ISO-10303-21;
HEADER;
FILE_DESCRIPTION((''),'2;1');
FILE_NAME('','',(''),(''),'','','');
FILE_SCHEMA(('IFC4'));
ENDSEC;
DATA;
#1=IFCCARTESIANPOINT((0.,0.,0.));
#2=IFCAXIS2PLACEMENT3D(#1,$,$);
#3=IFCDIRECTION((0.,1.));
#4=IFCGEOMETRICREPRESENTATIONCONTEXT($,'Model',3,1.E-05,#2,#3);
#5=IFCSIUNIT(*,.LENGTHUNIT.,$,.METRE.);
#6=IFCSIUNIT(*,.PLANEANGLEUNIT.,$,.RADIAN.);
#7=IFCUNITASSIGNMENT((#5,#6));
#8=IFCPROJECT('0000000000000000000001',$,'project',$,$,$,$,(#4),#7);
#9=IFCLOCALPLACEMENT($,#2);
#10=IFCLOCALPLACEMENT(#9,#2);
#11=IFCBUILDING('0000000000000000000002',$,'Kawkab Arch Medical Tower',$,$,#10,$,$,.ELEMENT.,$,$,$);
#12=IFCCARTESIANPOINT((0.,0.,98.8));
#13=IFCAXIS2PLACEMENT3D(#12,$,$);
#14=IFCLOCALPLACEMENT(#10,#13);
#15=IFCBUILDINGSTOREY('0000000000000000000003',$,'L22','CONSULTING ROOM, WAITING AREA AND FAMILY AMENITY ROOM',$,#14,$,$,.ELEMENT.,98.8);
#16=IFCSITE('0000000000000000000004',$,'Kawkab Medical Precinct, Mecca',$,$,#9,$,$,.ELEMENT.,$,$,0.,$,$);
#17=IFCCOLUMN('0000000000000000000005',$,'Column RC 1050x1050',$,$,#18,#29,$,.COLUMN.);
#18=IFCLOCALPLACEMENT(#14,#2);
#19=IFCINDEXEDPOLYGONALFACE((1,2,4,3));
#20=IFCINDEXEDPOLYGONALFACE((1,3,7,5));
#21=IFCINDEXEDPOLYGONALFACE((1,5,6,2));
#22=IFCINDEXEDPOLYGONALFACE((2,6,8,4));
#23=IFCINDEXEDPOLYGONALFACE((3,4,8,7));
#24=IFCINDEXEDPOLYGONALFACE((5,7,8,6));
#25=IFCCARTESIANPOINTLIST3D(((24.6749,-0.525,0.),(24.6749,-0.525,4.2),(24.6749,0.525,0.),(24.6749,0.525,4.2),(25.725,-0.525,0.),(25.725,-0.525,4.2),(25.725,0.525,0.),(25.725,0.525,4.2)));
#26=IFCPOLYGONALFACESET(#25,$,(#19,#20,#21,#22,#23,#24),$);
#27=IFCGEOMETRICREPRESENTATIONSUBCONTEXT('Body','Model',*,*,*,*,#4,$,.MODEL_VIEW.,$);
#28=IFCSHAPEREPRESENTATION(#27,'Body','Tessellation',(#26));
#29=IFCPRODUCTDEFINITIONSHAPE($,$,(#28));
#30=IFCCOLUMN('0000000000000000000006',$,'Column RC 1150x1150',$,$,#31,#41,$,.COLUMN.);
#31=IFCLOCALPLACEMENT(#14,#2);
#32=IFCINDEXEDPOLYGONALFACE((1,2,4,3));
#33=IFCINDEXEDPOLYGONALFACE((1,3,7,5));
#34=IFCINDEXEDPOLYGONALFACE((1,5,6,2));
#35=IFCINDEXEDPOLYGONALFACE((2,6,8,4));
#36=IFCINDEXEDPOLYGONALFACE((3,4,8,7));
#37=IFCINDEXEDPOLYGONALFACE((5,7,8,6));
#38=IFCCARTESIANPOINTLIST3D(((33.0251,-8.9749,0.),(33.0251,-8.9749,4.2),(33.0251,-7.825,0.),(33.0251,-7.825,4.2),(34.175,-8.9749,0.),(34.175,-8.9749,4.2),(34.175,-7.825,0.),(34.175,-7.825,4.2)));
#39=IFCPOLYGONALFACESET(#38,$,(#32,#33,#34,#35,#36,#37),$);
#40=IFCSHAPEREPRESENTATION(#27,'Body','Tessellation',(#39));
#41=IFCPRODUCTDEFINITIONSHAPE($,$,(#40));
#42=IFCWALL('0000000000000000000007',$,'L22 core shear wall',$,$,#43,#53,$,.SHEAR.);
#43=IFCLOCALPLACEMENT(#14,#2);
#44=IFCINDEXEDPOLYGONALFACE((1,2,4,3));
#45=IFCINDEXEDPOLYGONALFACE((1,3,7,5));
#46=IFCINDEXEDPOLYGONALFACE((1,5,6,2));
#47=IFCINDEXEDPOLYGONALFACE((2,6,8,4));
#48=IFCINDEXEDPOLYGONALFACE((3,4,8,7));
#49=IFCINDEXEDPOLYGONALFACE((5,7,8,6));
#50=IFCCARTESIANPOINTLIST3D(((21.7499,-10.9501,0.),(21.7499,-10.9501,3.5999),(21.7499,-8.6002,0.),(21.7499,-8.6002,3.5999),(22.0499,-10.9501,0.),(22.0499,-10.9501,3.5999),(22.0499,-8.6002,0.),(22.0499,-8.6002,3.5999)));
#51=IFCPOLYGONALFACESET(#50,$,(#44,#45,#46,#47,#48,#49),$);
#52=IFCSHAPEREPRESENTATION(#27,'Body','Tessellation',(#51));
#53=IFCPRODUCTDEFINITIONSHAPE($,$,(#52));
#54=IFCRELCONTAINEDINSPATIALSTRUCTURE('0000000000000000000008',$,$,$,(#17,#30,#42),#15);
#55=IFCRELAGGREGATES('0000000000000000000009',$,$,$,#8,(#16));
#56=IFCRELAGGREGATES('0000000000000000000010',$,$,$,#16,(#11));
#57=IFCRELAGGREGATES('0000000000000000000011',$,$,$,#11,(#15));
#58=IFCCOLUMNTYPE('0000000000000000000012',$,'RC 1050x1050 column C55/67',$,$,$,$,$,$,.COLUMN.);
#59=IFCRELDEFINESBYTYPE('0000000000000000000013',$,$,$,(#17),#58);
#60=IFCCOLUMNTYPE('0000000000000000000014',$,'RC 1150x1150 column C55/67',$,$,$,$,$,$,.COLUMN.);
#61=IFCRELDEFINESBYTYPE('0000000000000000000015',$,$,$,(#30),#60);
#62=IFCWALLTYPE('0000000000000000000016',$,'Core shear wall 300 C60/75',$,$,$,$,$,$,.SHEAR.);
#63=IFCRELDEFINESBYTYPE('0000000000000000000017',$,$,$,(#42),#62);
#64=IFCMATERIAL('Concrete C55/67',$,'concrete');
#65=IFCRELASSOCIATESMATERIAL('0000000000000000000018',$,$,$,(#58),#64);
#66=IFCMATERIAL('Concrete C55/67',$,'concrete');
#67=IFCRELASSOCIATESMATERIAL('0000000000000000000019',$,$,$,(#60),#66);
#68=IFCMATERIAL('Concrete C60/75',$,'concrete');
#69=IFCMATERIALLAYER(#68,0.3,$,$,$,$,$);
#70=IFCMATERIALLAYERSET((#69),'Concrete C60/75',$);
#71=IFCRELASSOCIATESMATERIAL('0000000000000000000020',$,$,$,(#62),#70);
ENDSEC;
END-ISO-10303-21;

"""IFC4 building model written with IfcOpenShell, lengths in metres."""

from ifc_helpers import new_model, si_unit, direction, frame, frame_2d, origin, origin_2d, place, context, subcontext, project, spatial, rectangle, extrude, material, layer, layer_set, material_profile, profile_set, type_object, element, save


model = new_model("IFC4")

# Units and contexts
model_context = context("Model", 3, precision=1e-05, world=origin(), true_north=direction((0.0, 1.0)))
body_context = subcontext(model_context, "Body", "Model", "MODEL_VIEW")
ifc_project = project(units=[si_unit("LENGTHUNIT", "METRE"), si_unit("PLANEANGLEUNIT", "RADIAN")], contexts=[model_context])

# Site, building, storey
site_placement = place(None, origin())
site = spatial("IfcSite", under=ifc_project, at=site_placement, Name="Kawkab Medical Precinct, Mecca", CompositionType="ELEMENT", RefElevation=0.0)
building_placement = place(site_placement, origin())
building = spatial("IfcBuilding", under=site, at=building_placement, Name="Kawkab Arch Medical Tower", CompositionType="ELEMENT")
storey_placement = place(building_placement, frame((0.0, 0.0, 98.8)))
storey = spatial("IfcBuildingStorey", under=building, at=storey_placement, Name="L22", Description="CONSULTING ROOM, WAITING AREA AND FAMILY AMENITY ROOM", CompositionType="ELEMENT", Elevation=98.8)

# Columns
ifc_material_1 = material(Name="Concrete C55/67", Category="concrete")
ifc_material_profile_1 = material_profile(ifc_material_1, rectangle(XDim=1.05, YDim=1.05, at=origin_2d()), Name="RC 1050x1050")
ifc_profile_set_1 = profile_set([ifc_material_profile_1], Name="Concrete C55/67")
column_type_1 = type_object("IfcColumnType", Name="RC 1050x1050 column C55/67", PredefinedType="COLUMN", material=ifc_profile_set_1)
column_1_placement = place(storey_placement, frame((25.2, 0.0, 0.0), z_axis=(0.0, 0.0, 1.0), x_axis=(1.0, 0.0, 0.0)))
element("IfcColumn", 1, at=column_1_placement, inside=storey, type_object=column_type_1, Name="Column RC 1050x1050", PredefinedType="COLUMN", context=body_context, shape_type="SweptSolid", body=[
    extrude(rectangle(XDim=1.05, YDim=1.05, at=origin_2d()), origin(), (0.0, 0.0, 1.0), 4.2),
])
ifc_material_2 = material(Name="Concrete C55/67", Category="concrete")
ifc_material_profile_2 = material_profile(ifc_material_2, rectangle(XDim=1.1499, YDim=1.1499, at=origin_2d()), Name="RC 1150x1150")
ifc_profile_set_2 = profile_set([ifc_material_profile_2], Name="Concrete C55/67")
column_type_2 = type_object("IfcColumnType", Name="RC 1150x1150 column C55/67", PredefinedType="COLUMN", material=ifc_profile_set_2)
column_2_placement = place(storey_placement, frame((33.6001, -8.3999, 0.0), z_axis=(0.0, 0.0, 1.0), x_axis=(1.0, 0.0, 0.0)))
element("IfcColumn", 2, at=column_2_placement, inside=storey, type_object=column_type_2, Name="Column RC 1150x1150", PredefinedType="COLUMN", context=body_context, shape_type="SweptSolid", body=[
    extrude(rectangle(XDim=1.1499, YDim=1.1499, at=origin_2d()), origin(), (0.0, 0.0, 1.0), 4.2),
])

# Wall
ifc_material_3 = material(Name="Concrete C60/75", Category="concrete")
ifc_layer_1 = layer(ifc_material_3, 0.3)
ifc_layer_set_1 = layer_set([ifc_layer_1], Name="Concrete C60/75")
wall_type_1 = type_object("IfcWallType", Name="Core shear wall 300 C60/75", PredefinedType="SHEAR", material=ifc_layer_set_1)
wall_1_placement = place(storey_placement, frame((21.8999, -10.95, 0.0), z_axis=(0.0, 0.0, 1.0), x_axis=(0.0, 1.0, 0.0)))
element("IfcWall", 3, at=wall_1_placement, inside=storey, type_object=wall_type_1, Name="L22 core shear wall", PredefinedType="SHEAR", context=body_context, shape_type="SweptSolid", body=[
    extrude(rectangle(XDim=2.3499, YDim=0.3, at=frame_2d((1.1748, 0.0))), origin(), (0.0, 0.0, 1.0), 3.5999),
])

save(model, "model.ifc")
